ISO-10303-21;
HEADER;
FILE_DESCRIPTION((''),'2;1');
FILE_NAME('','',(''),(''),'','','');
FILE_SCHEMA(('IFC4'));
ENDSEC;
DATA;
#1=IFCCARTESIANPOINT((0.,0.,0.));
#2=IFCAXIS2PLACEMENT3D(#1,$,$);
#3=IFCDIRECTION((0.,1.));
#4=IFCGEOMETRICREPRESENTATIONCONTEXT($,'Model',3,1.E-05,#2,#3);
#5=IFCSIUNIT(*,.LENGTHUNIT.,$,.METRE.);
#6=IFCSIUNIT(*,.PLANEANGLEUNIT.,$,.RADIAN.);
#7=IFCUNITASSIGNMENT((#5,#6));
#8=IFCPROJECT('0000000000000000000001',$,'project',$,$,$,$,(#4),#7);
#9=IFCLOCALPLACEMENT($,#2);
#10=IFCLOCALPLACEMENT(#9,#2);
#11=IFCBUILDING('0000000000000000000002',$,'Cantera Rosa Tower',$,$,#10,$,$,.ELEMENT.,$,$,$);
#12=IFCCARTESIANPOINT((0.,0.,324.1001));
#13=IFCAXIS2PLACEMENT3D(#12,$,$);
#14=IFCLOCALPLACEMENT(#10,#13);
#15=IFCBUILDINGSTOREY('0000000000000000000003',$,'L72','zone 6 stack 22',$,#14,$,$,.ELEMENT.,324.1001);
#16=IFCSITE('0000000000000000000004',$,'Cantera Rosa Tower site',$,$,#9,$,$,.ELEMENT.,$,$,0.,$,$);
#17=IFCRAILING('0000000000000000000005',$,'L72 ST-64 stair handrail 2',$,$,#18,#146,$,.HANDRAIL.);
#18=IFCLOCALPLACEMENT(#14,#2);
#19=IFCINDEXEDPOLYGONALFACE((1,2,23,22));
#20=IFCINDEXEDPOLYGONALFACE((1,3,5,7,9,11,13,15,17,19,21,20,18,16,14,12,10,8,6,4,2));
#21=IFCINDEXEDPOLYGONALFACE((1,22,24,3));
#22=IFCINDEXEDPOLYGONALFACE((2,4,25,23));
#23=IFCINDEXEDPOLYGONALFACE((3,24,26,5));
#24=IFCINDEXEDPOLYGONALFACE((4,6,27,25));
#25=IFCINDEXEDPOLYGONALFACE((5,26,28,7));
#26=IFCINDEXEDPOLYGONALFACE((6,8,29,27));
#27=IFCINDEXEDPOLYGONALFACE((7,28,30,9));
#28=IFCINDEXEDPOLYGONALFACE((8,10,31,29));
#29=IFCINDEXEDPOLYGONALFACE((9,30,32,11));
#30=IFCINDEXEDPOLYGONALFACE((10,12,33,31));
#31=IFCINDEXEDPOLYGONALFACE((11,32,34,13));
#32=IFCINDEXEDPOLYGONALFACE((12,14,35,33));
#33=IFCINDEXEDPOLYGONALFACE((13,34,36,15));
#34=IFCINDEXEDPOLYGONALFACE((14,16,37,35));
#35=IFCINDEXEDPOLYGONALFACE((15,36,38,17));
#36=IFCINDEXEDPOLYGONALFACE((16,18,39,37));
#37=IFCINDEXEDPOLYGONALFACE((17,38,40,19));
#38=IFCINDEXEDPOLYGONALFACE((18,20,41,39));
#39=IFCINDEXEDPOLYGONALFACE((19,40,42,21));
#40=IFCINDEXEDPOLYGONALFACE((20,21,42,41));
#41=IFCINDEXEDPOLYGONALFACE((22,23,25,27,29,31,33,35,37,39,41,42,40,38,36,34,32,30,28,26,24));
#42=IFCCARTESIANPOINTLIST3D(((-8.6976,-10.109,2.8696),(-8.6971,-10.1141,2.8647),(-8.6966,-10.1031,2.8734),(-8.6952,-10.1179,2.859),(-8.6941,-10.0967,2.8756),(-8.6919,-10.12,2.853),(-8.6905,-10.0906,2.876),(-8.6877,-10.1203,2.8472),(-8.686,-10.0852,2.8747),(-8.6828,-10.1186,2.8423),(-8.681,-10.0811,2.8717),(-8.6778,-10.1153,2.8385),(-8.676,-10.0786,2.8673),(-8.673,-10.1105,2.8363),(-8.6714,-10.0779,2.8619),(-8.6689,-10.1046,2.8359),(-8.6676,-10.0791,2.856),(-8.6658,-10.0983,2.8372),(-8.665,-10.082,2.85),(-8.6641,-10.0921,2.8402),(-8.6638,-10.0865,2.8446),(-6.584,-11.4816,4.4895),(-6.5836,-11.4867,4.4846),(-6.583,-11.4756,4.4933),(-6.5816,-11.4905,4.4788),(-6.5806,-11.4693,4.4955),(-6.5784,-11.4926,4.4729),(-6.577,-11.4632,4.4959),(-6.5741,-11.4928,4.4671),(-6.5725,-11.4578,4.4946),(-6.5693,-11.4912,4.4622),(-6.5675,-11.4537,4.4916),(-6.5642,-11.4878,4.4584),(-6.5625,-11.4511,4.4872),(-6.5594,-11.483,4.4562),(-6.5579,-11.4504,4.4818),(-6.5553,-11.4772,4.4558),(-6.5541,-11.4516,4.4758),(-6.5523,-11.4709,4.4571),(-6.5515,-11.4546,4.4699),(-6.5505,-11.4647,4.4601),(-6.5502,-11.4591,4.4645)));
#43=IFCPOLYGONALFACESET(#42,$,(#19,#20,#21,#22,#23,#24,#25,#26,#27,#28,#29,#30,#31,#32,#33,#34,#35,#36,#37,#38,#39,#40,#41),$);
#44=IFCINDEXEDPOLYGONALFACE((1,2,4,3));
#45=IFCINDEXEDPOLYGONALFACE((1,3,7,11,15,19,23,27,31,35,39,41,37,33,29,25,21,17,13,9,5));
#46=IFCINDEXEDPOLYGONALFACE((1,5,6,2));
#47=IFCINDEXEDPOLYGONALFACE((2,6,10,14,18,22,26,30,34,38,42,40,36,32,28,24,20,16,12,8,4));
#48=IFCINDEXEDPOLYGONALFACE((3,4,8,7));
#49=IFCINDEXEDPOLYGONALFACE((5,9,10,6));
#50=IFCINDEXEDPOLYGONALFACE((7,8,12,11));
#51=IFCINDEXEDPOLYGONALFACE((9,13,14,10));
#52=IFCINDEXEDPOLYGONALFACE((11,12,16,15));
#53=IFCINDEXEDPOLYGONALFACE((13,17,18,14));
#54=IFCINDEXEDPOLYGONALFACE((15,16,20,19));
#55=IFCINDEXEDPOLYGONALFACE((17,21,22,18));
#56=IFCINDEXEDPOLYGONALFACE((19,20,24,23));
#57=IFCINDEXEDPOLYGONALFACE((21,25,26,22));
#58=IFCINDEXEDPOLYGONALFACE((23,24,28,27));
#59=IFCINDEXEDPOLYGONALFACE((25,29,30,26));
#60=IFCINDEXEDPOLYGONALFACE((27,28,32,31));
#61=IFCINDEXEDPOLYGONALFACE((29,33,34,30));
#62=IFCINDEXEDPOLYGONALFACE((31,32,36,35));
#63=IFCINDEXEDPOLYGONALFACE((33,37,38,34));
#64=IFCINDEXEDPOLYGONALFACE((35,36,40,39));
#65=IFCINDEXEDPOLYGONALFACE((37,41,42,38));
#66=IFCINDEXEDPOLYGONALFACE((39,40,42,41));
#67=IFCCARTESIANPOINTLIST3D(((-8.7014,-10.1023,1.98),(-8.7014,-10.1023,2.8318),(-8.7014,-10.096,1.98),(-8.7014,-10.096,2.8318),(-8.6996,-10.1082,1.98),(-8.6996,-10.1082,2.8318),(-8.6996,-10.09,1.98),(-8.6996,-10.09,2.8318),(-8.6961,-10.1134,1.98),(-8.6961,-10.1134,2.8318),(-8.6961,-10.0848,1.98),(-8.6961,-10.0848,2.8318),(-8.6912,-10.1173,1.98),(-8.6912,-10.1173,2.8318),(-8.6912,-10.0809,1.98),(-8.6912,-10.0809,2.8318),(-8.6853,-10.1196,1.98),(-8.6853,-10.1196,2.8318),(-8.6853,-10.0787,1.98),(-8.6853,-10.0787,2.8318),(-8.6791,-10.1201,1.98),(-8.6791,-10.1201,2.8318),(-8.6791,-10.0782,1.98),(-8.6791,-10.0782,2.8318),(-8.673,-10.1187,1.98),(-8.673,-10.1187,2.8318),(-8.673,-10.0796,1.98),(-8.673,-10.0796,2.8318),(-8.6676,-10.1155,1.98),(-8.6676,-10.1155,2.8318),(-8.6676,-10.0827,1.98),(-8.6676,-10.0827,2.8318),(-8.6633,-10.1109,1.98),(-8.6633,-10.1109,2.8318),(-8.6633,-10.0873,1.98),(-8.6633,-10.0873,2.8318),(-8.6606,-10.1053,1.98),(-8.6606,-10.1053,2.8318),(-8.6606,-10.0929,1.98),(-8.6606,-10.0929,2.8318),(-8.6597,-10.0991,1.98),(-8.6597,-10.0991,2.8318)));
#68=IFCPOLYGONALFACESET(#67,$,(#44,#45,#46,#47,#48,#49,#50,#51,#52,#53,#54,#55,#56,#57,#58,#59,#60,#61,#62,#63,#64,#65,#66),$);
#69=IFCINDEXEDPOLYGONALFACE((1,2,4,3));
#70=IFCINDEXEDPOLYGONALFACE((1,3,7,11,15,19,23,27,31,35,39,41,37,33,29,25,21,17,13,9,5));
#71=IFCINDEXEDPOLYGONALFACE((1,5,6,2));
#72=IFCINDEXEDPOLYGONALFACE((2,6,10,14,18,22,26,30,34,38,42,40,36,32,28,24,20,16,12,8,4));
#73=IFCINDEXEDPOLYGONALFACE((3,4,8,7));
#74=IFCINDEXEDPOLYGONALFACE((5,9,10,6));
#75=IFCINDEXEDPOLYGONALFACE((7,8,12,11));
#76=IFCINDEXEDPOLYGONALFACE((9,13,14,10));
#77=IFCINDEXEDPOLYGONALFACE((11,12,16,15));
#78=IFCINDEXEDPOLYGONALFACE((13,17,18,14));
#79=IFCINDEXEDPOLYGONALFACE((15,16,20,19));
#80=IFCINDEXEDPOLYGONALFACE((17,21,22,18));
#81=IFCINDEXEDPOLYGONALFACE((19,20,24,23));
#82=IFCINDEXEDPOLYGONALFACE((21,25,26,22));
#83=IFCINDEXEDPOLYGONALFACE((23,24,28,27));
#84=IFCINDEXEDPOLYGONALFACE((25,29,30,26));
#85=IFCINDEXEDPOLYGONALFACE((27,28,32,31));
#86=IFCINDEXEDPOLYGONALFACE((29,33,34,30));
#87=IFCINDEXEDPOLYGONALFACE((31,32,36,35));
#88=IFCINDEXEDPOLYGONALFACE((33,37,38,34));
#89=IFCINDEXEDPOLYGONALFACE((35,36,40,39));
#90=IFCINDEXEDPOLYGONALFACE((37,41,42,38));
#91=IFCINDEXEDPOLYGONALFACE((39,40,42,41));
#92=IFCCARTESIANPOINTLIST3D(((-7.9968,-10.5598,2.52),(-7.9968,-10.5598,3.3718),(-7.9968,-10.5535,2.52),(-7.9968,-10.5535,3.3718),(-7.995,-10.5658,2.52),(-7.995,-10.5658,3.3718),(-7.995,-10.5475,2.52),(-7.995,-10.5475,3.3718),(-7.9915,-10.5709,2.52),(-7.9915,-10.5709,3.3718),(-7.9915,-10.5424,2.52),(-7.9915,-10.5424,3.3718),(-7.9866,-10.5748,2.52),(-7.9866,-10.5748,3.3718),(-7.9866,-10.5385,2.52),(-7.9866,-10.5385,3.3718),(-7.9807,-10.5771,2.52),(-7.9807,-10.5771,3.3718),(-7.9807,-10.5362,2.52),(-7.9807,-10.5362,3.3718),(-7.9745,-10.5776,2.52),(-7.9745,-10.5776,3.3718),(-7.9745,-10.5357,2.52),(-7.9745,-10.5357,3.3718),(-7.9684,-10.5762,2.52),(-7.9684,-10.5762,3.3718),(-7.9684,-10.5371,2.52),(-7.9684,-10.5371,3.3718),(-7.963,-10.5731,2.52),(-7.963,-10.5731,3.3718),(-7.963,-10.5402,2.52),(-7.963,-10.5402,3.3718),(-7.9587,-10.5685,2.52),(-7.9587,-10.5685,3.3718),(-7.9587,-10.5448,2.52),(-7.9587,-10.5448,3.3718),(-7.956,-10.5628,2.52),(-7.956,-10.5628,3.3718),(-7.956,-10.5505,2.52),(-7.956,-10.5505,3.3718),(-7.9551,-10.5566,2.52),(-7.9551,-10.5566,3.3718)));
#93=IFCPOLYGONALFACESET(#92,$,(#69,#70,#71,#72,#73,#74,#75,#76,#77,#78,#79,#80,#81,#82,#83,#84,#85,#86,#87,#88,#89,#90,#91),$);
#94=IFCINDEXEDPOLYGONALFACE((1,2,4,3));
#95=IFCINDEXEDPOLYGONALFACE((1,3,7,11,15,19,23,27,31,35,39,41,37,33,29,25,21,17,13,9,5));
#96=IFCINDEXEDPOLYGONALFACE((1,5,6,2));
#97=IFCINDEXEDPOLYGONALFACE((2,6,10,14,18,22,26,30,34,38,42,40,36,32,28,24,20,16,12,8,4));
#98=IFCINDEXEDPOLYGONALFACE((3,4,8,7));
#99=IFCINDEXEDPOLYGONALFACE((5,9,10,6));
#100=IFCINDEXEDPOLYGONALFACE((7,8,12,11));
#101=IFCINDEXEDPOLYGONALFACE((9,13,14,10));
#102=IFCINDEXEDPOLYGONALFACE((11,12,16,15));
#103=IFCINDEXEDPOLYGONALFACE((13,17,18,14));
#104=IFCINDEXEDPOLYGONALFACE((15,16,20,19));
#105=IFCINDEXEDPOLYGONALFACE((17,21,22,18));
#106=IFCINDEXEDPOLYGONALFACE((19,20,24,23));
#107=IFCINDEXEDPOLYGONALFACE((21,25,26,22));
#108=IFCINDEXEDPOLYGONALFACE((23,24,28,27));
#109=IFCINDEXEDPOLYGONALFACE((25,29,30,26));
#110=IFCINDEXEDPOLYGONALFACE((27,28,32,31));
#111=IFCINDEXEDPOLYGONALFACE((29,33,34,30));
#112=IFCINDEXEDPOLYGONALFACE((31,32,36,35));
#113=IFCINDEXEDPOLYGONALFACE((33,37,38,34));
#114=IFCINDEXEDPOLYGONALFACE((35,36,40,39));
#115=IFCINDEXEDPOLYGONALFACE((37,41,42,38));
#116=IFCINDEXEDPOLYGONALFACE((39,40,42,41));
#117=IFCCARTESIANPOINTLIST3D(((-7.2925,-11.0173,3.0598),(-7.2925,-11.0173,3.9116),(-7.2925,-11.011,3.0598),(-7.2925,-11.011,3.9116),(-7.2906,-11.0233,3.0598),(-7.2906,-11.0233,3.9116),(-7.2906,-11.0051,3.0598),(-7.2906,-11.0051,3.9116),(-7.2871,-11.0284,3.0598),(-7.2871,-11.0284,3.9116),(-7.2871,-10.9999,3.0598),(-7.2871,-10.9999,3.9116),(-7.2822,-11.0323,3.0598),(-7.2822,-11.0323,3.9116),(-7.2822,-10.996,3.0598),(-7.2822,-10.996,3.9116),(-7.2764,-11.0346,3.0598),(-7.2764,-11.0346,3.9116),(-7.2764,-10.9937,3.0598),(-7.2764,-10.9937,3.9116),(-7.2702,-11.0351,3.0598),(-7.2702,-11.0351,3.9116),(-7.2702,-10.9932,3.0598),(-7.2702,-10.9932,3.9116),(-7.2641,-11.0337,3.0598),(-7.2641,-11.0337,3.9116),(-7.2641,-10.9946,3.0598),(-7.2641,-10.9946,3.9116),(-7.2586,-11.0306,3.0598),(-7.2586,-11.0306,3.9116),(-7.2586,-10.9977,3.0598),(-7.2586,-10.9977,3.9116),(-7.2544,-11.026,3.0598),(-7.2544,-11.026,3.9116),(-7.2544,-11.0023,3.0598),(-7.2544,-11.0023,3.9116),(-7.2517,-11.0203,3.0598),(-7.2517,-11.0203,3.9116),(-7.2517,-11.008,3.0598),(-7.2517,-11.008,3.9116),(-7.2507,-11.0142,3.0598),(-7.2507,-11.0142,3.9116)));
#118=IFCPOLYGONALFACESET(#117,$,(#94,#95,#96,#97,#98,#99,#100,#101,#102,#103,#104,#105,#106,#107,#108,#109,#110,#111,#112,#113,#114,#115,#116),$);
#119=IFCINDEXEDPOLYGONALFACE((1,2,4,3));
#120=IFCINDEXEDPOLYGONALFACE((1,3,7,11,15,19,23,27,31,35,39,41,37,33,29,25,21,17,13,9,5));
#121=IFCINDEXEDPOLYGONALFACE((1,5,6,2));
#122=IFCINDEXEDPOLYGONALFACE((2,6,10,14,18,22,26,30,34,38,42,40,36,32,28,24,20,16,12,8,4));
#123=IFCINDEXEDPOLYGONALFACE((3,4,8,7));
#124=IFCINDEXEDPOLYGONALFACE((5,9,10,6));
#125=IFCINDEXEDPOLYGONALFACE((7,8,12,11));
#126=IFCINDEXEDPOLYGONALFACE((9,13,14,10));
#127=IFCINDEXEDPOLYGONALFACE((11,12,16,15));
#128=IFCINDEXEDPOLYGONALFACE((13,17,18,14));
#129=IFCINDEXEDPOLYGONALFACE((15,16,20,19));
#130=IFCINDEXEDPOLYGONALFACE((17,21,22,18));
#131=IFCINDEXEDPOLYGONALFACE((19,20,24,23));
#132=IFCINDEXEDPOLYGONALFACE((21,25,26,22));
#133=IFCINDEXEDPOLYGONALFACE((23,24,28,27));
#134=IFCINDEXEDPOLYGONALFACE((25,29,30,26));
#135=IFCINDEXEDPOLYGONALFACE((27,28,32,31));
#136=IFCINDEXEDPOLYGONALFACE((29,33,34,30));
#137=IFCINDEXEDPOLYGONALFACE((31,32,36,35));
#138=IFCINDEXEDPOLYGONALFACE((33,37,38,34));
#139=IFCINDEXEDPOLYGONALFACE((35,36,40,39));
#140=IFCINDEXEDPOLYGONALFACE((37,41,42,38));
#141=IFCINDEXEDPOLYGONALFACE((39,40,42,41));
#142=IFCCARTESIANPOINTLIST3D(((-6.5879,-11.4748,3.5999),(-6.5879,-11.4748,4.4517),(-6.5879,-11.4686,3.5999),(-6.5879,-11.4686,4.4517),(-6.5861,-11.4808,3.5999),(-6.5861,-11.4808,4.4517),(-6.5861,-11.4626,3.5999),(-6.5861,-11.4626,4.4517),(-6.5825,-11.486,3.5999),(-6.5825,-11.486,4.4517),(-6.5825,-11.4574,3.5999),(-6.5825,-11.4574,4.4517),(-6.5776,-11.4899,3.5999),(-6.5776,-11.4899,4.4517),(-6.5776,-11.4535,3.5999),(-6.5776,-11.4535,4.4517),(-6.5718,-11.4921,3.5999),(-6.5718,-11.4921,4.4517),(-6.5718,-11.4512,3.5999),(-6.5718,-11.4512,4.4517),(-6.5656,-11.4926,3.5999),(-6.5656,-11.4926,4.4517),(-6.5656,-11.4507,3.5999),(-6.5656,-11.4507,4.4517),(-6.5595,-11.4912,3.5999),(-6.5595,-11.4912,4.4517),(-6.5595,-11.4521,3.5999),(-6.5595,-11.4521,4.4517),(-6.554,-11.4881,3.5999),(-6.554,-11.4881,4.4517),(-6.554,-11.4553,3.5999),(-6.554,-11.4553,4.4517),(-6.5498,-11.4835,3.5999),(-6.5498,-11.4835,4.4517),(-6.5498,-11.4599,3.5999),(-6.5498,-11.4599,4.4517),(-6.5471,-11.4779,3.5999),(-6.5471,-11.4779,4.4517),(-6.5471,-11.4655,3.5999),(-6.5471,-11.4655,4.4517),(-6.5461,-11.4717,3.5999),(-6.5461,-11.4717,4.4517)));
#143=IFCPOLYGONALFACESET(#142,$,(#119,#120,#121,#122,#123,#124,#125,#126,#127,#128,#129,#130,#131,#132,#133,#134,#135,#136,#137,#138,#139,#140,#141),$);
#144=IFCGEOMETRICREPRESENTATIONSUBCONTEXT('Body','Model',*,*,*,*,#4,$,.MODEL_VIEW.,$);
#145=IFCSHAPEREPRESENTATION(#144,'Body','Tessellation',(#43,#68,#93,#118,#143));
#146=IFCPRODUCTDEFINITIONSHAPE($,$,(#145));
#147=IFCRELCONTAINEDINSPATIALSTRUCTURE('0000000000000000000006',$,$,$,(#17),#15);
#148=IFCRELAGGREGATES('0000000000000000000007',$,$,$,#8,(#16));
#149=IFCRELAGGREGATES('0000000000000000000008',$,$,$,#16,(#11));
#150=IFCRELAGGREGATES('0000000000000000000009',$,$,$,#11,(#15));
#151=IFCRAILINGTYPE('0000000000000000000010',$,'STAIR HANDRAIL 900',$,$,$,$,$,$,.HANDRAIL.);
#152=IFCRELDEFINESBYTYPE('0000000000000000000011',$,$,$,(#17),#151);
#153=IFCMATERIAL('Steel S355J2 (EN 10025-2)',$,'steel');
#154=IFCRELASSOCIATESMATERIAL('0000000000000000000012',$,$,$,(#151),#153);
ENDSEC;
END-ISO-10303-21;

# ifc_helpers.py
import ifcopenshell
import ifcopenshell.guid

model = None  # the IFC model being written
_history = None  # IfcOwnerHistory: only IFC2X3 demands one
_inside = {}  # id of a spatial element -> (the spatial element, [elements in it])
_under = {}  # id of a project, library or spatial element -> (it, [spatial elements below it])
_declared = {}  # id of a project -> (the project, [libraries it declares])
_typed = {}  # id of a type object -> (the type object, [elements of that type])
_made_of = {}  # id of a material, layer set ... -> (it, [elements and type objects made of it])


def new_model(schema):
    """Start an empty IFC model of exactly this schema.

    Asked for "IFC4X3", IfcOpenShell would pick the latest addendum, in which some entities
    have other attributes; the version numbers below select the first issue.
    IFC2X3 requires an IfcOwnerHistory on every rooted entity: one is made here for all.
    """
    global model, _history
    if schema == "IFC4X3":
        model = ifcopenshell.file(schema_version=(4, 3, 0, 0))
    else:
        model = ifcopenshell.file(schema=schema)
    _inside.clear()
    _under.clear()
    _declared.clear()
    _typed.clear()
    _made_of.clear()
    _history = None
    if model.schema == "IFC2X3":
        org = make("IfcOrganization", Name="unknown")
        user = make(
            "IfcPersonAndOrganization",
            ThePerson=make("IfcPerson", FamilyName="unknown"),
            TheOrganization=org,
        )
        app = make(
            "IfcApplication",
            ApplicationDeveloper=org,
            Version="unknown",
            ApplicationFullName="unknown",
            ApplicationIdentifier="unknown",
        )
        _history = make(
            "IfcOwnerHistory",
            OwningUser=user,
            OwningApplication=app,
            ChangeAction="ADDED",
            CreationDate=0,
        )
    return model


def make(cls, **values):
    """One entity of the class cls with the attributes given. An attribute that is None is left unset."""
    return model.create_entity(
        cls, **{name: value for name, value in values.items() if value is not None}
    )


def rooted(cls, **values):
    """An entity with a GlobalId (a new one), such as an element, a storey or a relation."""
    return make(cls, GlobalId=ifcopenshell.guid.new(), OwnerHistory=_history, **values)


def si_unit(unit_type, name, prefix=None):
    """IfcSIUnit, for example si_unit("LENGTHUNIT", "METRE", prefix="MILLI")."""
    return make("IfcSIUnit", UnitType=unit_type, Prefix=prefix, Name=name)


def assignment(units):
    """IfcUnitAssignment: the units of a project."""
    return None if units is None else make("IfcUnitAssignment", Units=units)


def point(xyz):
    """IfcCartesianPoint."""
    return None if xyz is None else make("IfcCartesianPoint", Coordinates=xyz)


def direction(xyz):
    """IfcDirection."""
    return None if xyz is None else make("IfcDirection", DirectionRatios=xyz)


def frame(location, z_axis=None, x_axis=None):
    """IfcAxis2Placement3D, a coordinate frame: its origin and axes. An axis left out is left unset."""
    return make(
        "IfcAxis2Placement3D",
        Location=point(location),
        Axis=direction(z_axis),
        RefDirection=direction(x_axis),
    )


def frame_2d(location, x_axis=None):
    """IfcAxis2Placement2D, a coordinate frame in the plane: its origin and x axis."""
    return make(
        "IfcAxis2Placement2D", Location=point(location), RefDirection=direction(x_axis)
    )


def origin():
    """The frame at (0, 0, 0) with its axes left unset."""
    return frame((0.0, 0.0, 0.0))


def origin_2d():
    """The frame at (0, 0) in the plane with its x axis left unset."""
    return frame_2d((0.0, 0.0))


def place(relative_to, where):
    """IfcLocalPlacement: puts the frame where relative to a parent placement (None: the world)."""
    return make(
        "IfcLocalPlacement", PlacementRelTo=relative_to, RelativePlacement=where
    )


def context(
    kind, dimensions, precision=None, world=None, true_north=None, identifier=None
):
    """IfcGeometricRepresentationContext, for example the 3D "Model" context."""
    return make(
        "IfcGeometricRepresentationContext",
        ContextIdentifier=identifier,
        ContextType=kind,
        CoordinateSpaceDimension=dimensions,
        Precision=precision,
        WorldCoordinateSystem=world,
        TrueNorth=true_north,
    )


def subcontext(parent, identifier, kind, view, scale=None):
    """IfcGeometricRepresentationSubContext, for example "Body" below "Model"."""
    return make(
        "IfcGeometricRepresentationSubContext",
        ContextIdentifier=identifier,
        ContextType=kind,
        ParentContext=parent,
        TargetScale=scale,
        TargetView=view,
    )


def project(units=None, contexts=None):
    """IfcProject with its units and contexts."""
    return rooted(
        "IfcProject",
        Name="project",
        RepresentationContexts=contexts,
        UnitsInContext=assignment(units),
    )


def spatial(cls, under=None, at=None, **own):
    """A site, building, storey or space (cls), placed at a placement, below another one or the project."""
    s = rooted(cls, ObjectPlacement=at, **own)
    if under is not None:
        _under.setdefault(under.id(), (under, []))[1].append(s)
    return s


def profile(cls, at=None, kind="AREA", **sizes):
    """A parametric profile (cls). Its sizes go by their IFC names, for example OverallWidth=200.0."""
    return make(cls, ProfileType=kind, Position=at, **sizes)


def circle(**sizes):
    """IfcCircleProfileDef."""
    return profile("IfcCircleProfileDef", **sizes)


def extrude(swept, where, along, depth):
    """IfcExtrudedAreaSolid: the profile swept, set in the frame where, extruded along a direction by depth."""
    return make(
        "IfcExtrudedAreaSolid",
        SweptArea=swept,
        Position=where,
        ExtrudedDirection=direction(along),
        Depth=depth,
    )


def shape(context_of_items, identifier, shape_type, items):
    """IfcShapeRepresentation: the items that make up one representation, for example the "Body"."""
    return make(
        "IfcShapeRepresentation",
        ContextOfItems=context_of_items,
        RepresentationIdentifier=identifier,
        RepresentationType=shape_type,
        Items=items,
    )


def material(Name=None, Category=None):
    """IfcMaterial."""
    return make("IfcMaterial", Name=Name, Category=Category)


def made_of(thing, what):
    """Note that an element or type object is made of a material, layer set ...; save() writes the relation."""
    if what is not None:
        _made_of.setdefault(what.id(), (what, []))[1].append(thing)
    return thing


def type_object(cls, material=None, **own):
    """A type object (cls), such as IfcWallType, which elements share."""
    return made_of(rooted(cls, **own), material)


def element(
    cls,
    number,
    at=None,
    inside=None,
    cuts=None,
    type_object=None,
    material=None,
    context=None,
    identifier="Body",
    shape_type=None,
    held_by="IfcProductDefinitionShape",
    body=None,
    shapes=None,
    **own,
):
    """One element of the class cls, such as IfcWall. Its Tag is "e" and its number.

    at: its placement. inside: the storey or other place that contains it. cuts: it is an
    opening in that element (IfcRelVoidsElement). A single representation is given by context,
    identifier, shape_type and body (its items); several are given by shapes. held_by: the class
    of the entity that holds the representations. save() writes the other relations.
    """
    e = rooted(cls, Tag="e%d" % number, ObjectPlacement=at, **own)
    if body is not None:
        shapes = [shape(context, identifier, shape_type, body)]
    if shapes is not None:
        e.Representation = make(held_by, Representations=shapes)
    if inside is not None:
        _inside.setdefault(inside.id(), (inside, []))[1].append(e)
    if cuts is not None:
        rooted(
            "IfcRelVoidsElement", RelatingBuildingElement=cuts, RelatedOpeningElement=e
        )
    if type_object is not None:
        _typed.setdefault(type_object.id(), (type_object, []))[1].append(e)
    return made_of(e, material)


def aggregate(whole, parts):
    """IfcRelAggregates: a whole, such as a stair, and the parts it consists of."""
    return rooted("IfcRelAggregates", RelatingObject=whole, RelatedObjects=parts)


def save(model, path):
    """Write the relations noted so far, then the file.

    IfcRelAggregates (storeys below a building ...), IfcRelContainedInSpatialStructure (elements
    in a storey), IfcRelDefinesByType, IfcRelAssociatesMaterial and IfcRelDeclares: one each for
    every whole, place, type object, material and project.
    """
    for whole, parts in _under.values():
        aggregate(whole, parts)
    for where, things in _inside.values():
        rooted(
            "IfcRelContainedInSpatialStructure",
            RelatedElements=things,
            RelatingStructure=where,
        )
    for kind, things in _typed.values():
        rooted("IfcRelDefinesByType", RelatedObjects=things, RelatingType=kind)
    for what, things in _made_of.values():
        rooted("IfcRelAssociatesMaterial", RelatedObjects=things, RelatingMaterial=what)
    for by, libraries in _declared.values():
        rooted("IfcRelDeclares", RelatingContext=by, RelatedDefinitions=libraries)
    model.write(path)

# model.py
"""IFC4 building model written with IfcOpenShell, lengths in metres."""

from ifc_helpers import new_model, si_unit, direction, frame, origin, origin_2d, place, context, subcontext, project, spatial, circle, extrude, material, type_object, element, save


model = new_model("IFC4")

# Units and contexts
model_context = context("Model", 3, precision=1e-05, world=origin(), true_north=direction((0.0, 1.0)))
body_context = subcontext(model_context, "Body", "Model", "MODEL_VIEW")
ifc_project = project(units=[si_unit("LENGTHUNIT", "METRE"), si_unit("PLANEANGLEUNIT", "RADIAN")], contexts=[model_context])

# Site, building, storey
site_placement = place(None, origin())
site = spatial("IfcSite", under=ifc_project, at=site_placement, Name="Cantera Rosa Tower site", CompositionType="ELEMENT", RefElevation=0.0)
building_placement = place(site_placement, origin())
building = spatial("IfcBuilding", under=site, at=building_placement, Name="Cantera Rosa Tower", CompositionType="ELEMENT")
storey_placement = place(building_placement, frame((0.0, 0.0, 324.1001)))
storey = spatial("IfcBuildingStorey", under=building, at=storey_placement, Name="L72", Description="zone 6 stack 22", CompositionType="ELEMENT", Elevation=324.1001)

# Railing
ifc_material_1 = material(Name="Steel S355J2 (EN 10025-2)", Category="steel")
railing_type_1 = type_object("IfcRailingType", Name="STAIR HANDRAIL 900", PredefinedType="HANDRAIL", material=ifc_material_1)
railing_1_placement = place(storey_placement, frame((-8.6807, -10.0991, 1.98)))
element("IfcRailing", 1, at=railing_1_placement, inside=storey, type_object=railing_type_1, Name="L72 ST-64 stair handrail 2", PredefinedType="HANDRAIL", context=body_context, shape_type="SweptSolid", body=[
    extrude(circle(Radius=0.0239, at=origin_2d()), frame((0.0, 0.0, 0.876), z_axis=(0.705493, -0.458159, 0.540712), x_axis=(0.544644, 0.838667, 0.0)), (0.0, 0.0, 1.0), 2.9958),
    extrude(circle(Radius=0.021, at=origin_2d()), origin(), (0.0, 0.0, 1.0), 0.8518),
    extrude(circle(Radius=0.021, at=origin_2d()), frame((0.7046, -0.4575, 0.54)), (0.0, 0.0, 1.0), 0.8518),
    extrude(circle(Radius=0.021, at=origin_2d()), frame((1.4089, -0.915, 1.0798)), (0.0, 0.0, 1.0), 0.8518),
    extrude(circle(Radius=0.021, at=origin_2d()), frame((2.1135, -1.3726, 1.6199)), (0.0, 0.0, 1.0), 0.8518),
])

save(model, "model.ifc")
